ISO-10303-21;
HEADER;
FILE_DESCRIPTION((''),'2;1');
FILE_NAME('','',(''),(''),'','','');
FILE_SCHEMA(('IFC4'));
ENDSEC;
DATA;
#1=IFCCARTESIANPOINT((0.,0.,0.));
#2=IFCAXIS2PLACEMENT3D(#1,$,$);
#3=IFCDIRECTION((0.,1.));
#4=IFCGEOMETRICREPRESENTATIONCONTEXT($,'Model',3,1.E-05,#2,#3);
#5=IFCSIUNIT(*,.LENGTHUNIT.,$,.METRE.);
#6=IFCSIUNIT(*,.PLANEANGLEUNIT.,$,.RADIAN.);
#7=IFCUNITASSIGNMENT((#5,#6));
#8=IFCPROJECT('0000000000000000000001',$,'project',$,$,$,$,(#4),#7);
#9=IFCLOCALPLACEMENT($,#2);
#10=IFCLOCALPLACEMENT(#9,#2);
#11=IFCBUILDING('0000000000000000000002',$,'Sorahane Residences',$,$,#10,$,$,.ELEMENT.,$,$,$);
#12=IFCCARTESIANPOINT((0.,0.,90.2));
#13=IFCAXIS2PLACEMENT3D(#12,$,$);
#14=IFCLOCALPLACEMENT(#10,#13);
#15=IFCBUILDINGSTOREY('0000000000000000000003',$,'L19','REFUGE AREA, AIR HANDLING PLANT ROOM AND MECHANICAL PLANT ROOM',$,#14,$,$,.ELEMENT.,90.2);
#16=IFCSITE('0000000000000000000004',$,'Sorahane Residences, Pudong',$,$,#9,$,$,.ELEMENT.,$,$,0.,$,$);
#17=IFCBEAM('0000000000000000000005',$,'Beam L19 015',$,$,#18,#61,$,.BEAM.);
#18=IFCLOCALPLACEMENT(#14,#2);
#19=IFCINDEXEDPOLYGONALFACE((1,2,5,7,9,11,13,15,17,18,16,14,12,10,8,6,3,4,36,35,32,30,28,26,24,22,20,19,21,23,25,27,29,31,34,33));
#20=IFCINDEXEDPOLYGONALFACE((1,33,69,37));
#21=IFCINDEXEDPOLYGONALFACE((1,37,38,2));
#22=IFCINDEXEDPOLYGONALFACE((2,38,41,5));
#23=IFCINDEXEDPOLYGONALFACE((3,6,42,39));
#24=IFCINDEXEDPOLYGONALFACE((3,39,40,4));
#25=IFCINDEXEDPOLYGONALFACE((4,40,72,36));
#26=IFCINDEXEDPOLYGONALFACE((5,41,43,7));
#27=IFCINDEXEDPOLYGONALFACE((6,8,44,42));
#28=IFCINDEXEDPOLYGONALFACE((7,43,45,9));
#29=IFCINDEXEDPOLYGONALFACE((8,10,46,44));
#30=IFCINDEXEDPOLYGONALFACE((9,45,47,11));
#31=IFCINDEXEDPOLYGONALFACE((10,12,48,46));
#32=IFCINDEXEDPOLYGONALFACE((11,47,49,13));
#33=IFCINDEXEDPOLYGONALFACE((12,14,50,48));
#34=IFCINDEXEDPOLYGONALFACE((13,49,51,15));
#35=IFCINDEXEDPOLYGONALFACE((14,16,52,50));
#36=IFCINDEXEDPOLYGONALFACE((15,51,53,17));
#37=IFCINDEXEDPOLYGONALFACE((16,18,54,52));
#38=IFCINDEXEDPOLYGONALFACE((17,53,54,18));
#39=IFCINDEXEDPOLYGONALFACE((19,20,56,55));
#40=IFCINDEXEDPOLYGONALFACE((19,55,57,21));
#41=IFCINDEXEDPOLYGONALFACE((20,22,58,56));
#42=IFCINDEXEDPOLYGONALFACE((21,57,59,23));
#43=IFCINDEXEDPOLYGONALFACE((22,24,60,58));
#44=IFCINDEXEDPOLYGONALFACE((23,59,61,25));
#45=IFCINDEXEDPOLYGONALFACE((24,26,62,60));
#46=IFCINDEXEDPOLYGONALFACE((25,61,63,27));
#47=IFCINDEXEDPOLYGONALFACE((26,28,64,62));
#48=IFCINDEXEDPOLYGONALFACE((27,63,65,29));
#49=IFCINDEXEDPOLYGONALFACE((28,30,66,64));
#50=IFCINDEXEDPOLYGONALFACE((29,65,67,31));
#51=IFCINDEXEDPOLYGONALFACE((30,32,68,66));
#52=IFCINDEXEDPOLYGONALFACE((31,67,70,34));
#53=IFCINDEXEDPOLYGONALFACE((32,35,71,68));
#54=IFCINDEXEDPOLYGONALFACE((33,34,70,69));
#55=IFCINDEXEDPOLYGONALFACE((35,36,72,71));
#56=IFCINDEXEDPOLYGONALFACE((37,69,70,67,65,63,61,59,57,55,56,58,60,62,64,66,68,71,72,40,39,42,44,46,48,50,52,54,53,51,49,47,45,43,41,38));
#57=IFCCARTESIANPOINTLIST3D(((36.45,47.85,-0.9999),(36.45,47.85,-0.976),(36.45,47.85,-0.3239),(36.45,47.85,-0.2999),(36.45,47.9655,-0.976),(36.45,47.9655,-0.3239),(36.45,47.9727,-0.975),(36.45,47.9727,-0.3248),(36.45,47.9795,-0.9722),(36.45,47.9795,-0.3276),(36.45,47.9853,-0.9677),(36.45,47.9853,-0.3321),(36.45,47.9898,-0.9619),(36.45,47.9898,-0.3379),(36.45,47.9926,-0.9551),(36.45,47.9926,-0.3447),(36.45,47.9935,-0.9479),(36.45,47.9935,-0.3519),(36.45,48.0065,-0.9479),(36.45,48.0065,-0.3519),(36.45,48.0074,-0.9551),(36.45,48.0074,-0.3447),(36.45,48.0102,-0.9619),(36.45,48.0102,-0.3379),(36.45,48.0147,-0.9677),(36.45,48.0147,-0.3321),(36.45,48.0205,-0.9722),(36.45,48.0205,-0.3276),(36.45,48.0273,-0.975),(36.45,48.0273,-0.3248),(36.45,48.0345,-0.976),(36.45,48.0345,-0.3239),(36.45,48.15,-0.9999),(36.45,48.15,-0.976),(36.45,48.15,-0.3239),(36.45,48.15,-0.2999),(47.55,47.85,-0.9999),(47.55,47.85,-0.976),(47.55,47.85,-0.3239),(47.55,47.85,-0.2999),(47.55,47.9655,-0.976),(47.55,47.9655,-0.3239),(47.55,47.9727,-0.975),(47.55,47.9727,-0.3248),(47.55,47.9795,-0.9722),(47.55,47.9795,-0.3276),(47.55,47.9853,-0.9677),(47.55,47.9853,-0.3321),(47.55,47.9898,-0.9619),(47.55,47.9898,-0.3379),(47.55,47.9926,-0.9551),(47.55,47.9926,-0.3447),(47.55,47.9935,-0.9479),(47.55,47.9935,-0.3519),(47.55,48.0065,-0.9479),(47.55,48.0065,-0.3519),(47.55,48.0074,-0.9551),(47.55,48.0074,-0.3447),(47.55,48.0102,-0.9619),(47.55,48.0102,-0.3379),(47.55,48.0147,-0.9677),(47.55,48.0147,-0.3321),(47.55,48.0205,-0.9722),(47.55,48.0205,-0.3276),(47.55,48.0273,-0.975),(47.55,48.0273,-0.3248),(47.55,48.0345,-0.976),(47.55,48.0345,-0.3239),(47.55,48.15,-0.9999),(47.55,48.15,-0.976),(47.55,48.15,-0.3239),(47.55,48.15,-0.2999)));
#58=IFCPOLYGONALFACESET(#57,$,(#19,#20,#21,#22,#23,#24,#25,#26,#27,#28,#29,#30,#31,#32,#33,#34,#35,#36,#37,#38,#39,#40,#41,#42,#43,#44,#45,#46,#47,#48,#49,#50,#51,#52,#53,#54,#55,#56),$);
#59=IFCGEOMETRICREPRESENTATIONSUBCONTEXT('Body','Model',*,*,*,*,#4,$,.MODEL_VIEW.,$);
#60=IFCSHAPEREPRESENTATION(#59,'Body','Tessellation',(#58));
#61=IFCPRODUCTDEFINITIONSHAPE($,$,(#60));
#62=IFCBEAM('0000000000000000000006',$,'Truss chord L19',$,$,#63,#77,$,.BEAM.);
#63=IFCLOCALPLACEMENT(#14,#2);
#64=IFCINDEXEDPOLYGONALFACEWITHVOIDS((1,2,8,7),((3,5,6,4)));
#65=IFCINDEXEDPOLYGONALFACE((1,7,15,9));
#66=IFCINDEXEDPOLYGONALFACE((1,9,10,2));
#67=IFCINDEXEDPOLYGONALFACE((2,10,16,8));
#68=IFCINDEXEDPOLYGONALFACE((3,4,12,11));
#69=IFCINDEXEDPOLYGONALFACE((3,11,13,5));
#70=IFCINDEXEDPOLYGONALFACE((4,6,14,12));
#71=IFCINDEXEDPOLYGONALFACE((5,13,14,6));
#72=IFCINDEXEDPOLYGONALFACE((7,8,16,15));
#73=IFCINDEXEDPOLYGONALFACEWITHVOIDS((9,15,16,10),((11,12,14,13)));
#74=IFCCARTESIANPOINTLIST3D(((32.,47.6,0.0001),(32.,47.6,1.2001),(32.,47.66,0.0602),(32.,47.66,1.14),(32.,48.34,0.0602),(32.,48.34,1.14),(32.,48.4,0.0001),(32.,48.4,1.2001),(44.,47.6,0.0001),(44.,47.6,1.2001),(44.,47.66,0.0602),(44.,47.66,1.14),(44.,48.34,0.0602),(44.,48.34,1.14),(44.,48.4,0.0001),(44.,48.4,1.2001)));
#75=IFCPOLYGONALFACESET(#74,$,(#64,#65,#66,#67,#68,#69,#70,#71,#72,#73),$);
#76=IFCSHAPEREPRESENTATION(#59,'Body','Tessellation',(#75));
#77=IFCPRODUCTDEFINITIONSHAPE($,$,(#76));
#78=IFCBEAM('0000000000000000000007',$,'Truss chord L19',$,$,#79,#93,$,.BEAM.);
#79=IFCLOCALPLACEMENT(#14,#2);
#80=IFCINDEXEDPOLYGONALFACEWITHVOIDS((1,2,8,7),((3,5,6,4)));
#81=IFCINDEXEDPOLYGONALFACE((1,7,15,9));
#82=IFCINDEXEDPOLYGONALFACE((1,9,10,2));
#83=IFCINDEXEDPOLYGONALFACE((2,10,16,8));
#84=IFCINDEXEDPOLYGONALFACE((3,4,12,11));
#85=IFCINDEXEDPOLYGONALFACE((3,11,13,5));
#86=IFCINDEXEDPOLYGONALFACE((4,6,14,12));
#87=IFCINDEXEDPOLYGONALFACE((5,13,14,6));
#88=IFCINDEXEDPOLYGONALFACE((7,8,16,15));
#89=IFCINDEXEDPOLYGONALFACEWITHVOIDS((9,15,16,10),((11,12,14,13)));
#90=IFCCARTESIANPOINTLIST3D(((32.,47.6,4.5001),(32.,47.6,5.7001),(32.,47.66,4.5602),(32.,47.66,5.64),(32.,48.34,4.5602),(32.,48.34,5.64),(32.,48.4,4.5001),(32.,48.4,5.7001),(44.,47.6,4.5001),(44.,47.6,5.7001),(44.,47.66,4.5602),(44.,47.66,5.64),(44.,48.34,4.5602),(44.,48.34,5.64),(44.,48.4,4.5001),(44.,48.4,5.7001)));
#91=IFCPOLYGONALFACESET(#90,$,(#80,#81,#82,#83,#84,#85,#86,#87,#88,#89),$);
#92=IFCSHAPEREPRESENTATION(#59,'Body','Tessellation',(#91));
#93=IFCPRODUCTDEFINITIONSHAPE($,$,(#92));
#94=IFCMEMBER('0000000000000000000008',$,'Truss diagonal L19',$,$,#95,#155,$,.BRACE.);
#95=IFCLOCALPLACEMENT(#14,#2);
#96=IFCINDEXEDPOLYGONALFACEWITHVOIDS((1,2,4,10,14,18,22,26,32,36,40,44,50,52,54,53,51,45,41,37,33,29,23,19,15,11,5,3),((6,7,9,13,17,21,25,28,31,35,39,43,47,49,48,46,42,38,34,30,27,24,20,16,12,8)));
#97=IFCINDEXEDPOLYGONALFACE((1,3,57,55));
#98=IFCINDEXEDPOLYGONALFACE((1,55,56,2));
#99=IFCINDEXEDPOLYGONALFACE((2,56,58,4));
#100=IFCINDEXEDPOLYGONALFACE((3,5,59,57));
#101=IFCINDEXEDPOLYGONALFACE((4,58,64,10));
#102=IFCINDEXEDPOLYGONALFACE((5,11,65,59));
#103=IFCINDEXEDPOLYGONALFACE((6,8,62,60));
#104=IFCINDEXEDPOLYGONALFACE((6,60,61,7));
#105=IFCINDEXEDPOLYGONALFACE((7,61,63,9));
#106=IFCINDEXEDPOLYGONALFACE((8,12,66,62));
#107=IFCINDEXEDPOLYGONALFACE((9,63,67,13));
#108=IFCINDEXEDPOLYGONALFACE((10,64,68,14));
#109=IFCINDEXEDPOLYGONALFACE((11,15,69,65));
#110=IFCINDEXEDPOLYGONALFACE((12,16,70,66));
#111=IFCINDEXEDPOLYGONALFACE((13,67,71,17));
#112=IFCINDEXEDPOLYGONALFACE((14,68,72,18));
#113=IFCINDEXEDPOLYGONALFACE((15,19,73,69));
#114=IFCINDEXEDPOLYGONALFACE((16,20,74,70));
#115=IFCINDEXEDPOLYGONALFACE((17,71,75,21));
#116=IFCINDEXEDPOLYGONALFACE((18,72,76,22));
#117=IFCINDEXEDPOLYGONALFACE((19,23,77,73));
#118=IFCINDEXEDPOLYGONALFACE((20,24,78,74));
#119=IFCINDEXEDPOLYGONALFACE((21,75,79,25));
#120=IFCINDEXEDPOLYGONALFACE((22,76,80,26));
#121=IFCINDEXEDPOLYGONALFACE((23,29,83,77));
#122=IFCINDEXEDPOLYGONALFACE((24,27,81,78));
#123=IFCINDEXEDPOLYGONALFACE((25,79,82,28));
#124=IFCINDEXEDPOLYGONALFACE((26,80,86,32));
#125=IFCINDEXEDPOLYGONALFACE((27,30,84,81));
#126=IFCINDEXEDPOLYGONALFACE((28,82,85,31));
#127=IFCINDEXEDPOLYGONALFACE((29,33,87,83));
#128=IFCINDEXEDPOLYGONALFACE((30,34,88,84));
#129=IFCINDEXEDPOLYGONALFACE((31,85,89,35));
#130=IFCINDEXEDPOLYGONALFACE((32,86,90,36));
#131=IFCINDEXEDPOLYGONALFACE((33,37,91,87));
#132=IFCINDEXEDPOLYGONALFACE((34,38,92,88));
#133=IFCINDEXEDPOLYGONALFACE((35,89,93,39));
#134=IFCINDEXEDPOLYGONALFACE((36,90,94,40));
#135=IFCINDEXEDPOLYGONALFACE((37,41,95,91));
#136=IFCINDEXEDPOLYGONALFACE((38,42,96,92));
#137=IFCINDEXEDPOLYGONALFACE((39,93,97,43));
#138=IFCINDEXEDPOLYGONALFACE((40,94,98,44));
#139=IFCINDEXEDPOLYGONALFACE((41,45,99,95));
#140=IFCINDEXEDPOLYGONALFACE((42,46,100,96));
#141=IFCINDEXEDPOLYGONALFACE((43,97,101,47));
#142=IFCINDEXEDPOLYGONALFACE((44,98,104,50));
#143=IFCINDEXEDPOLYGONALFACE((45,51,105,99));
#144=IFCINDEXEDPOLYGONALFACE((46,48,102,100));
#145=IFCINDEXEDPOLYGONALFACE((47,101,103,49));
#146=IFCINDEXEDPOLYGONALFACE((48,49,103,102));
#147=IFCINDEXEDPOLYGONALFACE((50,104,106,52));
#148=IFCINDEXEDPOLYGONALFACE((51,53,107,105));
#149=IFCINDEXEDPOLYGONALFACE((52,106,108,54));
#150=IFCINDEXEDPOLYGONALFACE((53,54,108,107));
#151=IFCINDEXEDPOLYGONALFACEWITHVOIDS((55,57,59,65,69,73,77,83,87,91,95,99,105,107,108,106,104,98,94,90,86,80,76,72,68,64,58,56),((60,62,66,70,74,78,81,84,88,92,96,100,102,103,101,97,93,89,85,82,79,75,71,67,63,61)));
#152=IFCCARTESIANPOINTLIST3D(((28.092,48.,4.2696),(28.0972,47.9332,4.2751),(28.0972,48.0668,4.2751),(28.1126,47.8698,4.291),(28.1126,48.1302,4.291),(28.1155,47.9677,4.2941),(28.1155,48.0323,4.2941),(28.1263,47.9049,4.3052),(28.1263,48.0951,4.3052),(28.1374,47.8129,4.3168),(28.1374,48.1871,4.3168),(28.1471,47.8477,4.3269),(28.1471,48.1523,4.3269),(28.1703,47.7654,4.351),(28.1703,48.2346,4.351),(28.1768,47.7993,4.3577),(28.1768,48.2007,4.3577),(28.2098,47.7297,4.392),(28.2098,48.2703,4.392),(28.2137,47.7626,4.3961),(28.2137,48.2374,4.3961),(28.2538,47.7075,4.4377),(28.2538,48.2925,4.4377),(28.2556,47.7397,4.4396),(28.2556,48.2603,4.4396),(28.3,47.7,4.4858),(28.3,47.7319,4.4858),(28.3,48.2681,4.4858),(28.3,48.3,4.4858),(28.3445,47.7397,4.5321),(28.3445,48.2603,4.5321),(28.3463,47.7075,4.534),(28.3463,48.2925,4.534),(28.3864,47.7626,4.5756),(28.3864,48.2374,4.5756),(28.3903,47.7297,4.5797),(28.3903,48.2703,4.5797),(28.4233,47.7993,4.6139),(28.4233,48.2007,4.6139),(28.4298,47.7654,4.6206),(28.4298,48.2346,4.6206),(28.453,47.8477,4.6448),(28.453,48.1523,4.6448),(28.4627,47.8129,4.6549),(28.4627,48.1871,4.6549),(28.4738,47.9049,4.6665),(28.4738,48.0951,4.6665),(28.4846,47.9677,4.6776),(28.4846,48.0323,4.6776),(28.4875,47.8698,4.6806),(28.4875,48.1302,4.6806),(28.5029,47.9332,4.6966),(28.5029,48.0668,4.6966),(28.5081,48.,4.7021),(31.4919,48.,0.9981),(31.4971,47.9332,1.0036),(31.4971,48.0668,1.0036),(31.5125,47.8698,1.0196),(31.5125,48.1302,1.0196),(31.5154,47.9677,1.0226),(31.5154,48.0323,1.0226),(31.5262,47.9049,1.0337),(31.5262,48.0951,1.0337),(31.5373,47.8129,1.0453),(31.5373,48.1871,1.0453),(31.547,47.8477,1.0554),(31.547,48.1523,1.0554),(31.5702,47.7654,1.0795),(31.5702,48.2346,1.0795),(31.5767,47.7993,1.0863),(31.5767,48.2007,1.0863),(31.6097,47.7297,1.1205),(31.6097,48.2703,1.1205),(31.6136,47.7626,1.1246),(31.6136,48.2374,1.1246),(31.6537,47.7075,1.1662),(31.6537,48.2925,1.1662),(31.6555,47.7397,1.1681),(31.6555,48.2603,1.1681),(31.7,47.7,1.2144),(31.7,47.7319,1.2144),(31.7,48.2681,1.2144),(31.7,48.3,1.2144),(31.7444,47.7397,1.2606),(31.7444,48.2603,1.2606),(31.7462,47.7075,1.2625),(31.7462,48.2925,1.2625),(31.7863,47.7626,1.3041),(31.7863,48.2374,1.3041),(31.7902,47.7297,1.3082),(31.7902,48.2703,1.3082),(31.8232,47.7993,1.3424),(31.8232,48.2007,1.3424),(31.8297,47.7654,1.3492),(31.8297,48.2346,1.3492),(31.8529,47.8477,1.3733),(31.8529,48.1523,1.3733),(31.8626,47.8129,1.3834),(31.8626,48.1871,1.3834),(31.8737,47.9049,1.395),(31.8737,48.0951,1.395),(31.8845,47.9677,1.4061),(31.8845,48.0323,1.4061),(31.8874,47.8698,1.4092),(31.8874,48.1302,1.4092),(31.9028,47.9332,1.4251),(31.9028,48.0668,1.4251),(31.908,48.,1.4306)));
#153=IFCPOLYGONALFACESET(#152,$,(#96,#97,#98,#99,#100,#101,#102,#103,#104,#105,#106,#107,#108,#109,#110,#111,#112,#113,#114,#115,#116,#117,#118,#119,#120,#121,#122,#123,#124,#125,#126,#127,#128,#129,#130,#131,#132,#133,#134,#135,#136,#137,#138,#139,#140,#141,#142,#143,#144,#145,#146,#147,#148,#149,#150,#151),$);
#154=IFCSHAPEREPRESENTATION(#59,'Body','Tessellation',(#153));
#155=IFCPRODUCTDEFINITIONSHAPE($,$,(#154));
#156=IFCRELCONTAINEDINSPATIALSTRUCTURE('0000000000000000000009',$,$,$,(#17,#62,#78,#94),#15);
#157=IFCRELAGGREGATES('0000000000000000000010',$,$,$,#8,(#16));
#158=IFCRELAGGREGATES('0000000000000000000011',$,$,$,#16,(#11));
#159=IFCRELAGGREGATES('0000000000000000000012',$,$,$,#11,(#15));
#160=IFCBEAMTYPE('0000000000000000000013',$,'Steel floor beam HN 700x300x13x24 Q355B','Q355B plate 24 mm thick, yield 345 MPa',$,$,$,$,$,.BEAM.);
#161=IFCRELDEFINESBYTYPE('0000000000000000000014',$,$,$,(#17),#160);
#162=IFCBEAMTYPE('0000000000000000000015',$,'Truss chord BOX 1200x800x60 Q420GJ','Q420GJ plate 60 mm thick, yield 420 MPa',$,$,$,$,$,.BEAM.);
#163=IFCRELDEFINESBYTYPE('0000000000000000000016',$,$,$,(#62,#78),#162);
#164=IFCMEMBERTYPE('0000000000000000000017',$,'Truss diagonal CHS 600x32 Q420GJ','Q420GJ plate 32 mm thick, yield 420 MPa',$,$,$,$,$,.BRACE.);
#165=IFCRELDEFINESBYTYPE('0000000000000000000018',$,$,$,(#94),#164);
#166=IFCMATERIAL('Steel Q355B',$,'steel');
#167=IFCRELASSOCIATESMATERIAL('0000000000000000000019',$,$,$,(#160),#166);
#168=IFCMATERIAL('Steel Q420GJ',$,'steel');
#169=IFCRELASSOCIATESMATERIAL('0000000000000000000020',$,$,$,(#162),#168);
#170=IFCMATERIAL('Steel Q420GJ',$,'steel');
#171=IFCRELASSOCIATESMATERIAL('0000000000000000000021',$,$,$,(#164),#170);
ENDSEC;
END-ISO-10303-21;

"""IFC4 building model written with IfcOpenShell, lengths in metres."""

from ifc_helpers import new_model, si_unit, direction, frame, origin, origin_2d, place, context, subcontext, project, spatial, hollow_rectangle, hollow_circle, i_section, extrude, material, material_profile, profile_set, type_object, element, save


model = new_model("IFC4")

# Units and contexts
model_context = context("Model", 3, precision=1e-05, world=origin(), true_north=direction((0.0, 1.0)))
body_context = subcontext(model_context, "Body", "Model", "MODEL_VIEW")
ifc_project = project(units=[si_unit("LENGTHUNIT", "METRE"), si_unit("PLANEANGLEUNIT", "RADIAN")], contexts=[model_context])

# Site, building, storey
site_placement = place(None, origin())
site = spatial("IfcSite", under=ifc_project, at=site_placement, Name="Sorahane Residences, Pudong", CompositionType="ELEMENT", RefElevation=0.0)
building_placement = place(site_placement, origin())
building = spatial("IfcBuilding", under=site, at=building_placement, Name="Sorahane Residences", CompositionType="ELEMENT")
storey_placement = place(building_placement, frame((0.0, 0.0, 90.2)))
storey = spatial("IfcBuildingStorey", under=building, at=storey_placement, Name="L19", Description="REFUGE AREA, AIR HANDLING PLANT ROOM AND MECHANICAL PLANT ROOM", CompositionType="ELEMENT", Elevation=90.2)

# Beams
ifc_material_1 = material(Name="Steel Q355B", Category="steel")
ifc_material_profile_1 = material_profile(ifc_material_1, i_section(OverallWidth=0.3, OverallDepth=0.7, WebThickness=0.0129, FlangeThickness=0.0239, FilletRadius=0.0281, at=origin_2d()), Name="HN 700x300x13x24")
ifc_profile_set_1 = profile_set([ifc_material_profile_1], Name="Steel Q355B")
beam_type_1 = type_object("IfcBeamType", Name="Steel floor beam HN 700x300x13x24 Q355B", Description="Q355B plate 24 mm thick, yield 345 MPa", PredefinedType="BEAM", material=ifc_profile_set_1)
beam_1_placement = place(storey_placement, frame((36.45, 48.0, -0.6499), z_axis=(1.0, 0.0, 0.0), x_axis=(0.0, 1.0, 0.0)))
element("IfcBeam", 1, at=beam_1_placement, inside=storey, type_object=beam_type_1, Name="Beam L19 015", PredefinedType="BEAM", context=body_context, shape_type="SweptSolid", body=[
    extrude(i_section(OverallWidth=0.3, OverallDepth=0.7, WebThickness=0.0129, FlangeThickness=0.0239, FilletRadius=0.0281, at=origin_2d()), origin(), (0.0, 0.0, 1.0), 11.1001),
])
ifc_material_2 = material(Name="Steel Q420GJ", Category="steel")
ifc_material_profile_2 = material_profile(ifc_material_2, hollow_rectangle(XDim=0.8, YDim=1.2, WallThickness=0.0601, at=origin_2d()), Name="BOX 1200x800x60")
ifc_profile_set_2 = profile_set([ifc_material_profile_2], Name="Steel Q420GJ")
beam_type_2 = type_object("IfcBeamType", Name="Truss chord BOX 1200x800x60 Q420GJ", Description="Q420GJ plate 60 mm thick, yield 420 MPa", PredefinedType="BEAM", material=ifc_profile_set_2)
for number, where, z_axis, x_axis, name in (
    (2, (32.0, 48.0, 0.6001), (1.0, 0.0, 0.0), (0.0, 1.0, 0.0), "Truss chord L19"),
    (3, (32.0, 48.0, 5.1001), (1.0, 0.0, 0.0), (0.0, 1.0, 0.0), "Truss chord L19"),
):
    element("IfcBeam", number, at=place(storey_placement, frame(where, z_axis=z_axis, x_axis=x_axis)), inside=storey, type_object=beam_type_2, Name=name, PredefinedType="BEAM", context=body_context, shape_type="SweptSolid", body=[
        extrude(hollow_rectangle(XDim=0.8, YDim=1.2, WallThickness=0.0601, at=origin_2d()), origin(), (0.0, 0.0, 1.0), 12.0),
    ])

# Member
ifc_material_3 = material(Name="Steel Q420GJ", Category="steel")
ifc_material_profile_3 = material_profile(ifc_material_3, hollow_circle(Radius=0.3, WallThickness=0.032, at=origin_2d()), Name="CHS 600x32")
ifc_profile_set_3 = profile_set([ifc_material_profile_3], Name="Steel Q420GJ")
member_type_1 = type_object("IfcMemberType", Name="Truss diagonal CHS 600x32 Q420GJ", Description="Q420GJ plate 32 mm thick, yield 420 MPa", PredefinedType="BRACE", material=ifc_profile_set_3)
member_1_placement = place(storey_placement, frame((28.3, 48.0, 4.4858), z_axis=(0.720584, 0.0, -0.693367), x_axis=(0.0, 1.0, 0.0)))
element("IfcMember", 4, at=member_1_placement, inside=storey, type_object=member_type_1, Name="Truss diagonal L19", PredefinedType="BRACE", context=body_context, shape_type="SweptSolid", body=[
    extrude(hollow_circle(Radius=0.3, WallThickness=0.032, at=origin_2d()), origin(), (0.0, 0.0, 1.0), 4.7183),
])

save(model, "model.ifc")
